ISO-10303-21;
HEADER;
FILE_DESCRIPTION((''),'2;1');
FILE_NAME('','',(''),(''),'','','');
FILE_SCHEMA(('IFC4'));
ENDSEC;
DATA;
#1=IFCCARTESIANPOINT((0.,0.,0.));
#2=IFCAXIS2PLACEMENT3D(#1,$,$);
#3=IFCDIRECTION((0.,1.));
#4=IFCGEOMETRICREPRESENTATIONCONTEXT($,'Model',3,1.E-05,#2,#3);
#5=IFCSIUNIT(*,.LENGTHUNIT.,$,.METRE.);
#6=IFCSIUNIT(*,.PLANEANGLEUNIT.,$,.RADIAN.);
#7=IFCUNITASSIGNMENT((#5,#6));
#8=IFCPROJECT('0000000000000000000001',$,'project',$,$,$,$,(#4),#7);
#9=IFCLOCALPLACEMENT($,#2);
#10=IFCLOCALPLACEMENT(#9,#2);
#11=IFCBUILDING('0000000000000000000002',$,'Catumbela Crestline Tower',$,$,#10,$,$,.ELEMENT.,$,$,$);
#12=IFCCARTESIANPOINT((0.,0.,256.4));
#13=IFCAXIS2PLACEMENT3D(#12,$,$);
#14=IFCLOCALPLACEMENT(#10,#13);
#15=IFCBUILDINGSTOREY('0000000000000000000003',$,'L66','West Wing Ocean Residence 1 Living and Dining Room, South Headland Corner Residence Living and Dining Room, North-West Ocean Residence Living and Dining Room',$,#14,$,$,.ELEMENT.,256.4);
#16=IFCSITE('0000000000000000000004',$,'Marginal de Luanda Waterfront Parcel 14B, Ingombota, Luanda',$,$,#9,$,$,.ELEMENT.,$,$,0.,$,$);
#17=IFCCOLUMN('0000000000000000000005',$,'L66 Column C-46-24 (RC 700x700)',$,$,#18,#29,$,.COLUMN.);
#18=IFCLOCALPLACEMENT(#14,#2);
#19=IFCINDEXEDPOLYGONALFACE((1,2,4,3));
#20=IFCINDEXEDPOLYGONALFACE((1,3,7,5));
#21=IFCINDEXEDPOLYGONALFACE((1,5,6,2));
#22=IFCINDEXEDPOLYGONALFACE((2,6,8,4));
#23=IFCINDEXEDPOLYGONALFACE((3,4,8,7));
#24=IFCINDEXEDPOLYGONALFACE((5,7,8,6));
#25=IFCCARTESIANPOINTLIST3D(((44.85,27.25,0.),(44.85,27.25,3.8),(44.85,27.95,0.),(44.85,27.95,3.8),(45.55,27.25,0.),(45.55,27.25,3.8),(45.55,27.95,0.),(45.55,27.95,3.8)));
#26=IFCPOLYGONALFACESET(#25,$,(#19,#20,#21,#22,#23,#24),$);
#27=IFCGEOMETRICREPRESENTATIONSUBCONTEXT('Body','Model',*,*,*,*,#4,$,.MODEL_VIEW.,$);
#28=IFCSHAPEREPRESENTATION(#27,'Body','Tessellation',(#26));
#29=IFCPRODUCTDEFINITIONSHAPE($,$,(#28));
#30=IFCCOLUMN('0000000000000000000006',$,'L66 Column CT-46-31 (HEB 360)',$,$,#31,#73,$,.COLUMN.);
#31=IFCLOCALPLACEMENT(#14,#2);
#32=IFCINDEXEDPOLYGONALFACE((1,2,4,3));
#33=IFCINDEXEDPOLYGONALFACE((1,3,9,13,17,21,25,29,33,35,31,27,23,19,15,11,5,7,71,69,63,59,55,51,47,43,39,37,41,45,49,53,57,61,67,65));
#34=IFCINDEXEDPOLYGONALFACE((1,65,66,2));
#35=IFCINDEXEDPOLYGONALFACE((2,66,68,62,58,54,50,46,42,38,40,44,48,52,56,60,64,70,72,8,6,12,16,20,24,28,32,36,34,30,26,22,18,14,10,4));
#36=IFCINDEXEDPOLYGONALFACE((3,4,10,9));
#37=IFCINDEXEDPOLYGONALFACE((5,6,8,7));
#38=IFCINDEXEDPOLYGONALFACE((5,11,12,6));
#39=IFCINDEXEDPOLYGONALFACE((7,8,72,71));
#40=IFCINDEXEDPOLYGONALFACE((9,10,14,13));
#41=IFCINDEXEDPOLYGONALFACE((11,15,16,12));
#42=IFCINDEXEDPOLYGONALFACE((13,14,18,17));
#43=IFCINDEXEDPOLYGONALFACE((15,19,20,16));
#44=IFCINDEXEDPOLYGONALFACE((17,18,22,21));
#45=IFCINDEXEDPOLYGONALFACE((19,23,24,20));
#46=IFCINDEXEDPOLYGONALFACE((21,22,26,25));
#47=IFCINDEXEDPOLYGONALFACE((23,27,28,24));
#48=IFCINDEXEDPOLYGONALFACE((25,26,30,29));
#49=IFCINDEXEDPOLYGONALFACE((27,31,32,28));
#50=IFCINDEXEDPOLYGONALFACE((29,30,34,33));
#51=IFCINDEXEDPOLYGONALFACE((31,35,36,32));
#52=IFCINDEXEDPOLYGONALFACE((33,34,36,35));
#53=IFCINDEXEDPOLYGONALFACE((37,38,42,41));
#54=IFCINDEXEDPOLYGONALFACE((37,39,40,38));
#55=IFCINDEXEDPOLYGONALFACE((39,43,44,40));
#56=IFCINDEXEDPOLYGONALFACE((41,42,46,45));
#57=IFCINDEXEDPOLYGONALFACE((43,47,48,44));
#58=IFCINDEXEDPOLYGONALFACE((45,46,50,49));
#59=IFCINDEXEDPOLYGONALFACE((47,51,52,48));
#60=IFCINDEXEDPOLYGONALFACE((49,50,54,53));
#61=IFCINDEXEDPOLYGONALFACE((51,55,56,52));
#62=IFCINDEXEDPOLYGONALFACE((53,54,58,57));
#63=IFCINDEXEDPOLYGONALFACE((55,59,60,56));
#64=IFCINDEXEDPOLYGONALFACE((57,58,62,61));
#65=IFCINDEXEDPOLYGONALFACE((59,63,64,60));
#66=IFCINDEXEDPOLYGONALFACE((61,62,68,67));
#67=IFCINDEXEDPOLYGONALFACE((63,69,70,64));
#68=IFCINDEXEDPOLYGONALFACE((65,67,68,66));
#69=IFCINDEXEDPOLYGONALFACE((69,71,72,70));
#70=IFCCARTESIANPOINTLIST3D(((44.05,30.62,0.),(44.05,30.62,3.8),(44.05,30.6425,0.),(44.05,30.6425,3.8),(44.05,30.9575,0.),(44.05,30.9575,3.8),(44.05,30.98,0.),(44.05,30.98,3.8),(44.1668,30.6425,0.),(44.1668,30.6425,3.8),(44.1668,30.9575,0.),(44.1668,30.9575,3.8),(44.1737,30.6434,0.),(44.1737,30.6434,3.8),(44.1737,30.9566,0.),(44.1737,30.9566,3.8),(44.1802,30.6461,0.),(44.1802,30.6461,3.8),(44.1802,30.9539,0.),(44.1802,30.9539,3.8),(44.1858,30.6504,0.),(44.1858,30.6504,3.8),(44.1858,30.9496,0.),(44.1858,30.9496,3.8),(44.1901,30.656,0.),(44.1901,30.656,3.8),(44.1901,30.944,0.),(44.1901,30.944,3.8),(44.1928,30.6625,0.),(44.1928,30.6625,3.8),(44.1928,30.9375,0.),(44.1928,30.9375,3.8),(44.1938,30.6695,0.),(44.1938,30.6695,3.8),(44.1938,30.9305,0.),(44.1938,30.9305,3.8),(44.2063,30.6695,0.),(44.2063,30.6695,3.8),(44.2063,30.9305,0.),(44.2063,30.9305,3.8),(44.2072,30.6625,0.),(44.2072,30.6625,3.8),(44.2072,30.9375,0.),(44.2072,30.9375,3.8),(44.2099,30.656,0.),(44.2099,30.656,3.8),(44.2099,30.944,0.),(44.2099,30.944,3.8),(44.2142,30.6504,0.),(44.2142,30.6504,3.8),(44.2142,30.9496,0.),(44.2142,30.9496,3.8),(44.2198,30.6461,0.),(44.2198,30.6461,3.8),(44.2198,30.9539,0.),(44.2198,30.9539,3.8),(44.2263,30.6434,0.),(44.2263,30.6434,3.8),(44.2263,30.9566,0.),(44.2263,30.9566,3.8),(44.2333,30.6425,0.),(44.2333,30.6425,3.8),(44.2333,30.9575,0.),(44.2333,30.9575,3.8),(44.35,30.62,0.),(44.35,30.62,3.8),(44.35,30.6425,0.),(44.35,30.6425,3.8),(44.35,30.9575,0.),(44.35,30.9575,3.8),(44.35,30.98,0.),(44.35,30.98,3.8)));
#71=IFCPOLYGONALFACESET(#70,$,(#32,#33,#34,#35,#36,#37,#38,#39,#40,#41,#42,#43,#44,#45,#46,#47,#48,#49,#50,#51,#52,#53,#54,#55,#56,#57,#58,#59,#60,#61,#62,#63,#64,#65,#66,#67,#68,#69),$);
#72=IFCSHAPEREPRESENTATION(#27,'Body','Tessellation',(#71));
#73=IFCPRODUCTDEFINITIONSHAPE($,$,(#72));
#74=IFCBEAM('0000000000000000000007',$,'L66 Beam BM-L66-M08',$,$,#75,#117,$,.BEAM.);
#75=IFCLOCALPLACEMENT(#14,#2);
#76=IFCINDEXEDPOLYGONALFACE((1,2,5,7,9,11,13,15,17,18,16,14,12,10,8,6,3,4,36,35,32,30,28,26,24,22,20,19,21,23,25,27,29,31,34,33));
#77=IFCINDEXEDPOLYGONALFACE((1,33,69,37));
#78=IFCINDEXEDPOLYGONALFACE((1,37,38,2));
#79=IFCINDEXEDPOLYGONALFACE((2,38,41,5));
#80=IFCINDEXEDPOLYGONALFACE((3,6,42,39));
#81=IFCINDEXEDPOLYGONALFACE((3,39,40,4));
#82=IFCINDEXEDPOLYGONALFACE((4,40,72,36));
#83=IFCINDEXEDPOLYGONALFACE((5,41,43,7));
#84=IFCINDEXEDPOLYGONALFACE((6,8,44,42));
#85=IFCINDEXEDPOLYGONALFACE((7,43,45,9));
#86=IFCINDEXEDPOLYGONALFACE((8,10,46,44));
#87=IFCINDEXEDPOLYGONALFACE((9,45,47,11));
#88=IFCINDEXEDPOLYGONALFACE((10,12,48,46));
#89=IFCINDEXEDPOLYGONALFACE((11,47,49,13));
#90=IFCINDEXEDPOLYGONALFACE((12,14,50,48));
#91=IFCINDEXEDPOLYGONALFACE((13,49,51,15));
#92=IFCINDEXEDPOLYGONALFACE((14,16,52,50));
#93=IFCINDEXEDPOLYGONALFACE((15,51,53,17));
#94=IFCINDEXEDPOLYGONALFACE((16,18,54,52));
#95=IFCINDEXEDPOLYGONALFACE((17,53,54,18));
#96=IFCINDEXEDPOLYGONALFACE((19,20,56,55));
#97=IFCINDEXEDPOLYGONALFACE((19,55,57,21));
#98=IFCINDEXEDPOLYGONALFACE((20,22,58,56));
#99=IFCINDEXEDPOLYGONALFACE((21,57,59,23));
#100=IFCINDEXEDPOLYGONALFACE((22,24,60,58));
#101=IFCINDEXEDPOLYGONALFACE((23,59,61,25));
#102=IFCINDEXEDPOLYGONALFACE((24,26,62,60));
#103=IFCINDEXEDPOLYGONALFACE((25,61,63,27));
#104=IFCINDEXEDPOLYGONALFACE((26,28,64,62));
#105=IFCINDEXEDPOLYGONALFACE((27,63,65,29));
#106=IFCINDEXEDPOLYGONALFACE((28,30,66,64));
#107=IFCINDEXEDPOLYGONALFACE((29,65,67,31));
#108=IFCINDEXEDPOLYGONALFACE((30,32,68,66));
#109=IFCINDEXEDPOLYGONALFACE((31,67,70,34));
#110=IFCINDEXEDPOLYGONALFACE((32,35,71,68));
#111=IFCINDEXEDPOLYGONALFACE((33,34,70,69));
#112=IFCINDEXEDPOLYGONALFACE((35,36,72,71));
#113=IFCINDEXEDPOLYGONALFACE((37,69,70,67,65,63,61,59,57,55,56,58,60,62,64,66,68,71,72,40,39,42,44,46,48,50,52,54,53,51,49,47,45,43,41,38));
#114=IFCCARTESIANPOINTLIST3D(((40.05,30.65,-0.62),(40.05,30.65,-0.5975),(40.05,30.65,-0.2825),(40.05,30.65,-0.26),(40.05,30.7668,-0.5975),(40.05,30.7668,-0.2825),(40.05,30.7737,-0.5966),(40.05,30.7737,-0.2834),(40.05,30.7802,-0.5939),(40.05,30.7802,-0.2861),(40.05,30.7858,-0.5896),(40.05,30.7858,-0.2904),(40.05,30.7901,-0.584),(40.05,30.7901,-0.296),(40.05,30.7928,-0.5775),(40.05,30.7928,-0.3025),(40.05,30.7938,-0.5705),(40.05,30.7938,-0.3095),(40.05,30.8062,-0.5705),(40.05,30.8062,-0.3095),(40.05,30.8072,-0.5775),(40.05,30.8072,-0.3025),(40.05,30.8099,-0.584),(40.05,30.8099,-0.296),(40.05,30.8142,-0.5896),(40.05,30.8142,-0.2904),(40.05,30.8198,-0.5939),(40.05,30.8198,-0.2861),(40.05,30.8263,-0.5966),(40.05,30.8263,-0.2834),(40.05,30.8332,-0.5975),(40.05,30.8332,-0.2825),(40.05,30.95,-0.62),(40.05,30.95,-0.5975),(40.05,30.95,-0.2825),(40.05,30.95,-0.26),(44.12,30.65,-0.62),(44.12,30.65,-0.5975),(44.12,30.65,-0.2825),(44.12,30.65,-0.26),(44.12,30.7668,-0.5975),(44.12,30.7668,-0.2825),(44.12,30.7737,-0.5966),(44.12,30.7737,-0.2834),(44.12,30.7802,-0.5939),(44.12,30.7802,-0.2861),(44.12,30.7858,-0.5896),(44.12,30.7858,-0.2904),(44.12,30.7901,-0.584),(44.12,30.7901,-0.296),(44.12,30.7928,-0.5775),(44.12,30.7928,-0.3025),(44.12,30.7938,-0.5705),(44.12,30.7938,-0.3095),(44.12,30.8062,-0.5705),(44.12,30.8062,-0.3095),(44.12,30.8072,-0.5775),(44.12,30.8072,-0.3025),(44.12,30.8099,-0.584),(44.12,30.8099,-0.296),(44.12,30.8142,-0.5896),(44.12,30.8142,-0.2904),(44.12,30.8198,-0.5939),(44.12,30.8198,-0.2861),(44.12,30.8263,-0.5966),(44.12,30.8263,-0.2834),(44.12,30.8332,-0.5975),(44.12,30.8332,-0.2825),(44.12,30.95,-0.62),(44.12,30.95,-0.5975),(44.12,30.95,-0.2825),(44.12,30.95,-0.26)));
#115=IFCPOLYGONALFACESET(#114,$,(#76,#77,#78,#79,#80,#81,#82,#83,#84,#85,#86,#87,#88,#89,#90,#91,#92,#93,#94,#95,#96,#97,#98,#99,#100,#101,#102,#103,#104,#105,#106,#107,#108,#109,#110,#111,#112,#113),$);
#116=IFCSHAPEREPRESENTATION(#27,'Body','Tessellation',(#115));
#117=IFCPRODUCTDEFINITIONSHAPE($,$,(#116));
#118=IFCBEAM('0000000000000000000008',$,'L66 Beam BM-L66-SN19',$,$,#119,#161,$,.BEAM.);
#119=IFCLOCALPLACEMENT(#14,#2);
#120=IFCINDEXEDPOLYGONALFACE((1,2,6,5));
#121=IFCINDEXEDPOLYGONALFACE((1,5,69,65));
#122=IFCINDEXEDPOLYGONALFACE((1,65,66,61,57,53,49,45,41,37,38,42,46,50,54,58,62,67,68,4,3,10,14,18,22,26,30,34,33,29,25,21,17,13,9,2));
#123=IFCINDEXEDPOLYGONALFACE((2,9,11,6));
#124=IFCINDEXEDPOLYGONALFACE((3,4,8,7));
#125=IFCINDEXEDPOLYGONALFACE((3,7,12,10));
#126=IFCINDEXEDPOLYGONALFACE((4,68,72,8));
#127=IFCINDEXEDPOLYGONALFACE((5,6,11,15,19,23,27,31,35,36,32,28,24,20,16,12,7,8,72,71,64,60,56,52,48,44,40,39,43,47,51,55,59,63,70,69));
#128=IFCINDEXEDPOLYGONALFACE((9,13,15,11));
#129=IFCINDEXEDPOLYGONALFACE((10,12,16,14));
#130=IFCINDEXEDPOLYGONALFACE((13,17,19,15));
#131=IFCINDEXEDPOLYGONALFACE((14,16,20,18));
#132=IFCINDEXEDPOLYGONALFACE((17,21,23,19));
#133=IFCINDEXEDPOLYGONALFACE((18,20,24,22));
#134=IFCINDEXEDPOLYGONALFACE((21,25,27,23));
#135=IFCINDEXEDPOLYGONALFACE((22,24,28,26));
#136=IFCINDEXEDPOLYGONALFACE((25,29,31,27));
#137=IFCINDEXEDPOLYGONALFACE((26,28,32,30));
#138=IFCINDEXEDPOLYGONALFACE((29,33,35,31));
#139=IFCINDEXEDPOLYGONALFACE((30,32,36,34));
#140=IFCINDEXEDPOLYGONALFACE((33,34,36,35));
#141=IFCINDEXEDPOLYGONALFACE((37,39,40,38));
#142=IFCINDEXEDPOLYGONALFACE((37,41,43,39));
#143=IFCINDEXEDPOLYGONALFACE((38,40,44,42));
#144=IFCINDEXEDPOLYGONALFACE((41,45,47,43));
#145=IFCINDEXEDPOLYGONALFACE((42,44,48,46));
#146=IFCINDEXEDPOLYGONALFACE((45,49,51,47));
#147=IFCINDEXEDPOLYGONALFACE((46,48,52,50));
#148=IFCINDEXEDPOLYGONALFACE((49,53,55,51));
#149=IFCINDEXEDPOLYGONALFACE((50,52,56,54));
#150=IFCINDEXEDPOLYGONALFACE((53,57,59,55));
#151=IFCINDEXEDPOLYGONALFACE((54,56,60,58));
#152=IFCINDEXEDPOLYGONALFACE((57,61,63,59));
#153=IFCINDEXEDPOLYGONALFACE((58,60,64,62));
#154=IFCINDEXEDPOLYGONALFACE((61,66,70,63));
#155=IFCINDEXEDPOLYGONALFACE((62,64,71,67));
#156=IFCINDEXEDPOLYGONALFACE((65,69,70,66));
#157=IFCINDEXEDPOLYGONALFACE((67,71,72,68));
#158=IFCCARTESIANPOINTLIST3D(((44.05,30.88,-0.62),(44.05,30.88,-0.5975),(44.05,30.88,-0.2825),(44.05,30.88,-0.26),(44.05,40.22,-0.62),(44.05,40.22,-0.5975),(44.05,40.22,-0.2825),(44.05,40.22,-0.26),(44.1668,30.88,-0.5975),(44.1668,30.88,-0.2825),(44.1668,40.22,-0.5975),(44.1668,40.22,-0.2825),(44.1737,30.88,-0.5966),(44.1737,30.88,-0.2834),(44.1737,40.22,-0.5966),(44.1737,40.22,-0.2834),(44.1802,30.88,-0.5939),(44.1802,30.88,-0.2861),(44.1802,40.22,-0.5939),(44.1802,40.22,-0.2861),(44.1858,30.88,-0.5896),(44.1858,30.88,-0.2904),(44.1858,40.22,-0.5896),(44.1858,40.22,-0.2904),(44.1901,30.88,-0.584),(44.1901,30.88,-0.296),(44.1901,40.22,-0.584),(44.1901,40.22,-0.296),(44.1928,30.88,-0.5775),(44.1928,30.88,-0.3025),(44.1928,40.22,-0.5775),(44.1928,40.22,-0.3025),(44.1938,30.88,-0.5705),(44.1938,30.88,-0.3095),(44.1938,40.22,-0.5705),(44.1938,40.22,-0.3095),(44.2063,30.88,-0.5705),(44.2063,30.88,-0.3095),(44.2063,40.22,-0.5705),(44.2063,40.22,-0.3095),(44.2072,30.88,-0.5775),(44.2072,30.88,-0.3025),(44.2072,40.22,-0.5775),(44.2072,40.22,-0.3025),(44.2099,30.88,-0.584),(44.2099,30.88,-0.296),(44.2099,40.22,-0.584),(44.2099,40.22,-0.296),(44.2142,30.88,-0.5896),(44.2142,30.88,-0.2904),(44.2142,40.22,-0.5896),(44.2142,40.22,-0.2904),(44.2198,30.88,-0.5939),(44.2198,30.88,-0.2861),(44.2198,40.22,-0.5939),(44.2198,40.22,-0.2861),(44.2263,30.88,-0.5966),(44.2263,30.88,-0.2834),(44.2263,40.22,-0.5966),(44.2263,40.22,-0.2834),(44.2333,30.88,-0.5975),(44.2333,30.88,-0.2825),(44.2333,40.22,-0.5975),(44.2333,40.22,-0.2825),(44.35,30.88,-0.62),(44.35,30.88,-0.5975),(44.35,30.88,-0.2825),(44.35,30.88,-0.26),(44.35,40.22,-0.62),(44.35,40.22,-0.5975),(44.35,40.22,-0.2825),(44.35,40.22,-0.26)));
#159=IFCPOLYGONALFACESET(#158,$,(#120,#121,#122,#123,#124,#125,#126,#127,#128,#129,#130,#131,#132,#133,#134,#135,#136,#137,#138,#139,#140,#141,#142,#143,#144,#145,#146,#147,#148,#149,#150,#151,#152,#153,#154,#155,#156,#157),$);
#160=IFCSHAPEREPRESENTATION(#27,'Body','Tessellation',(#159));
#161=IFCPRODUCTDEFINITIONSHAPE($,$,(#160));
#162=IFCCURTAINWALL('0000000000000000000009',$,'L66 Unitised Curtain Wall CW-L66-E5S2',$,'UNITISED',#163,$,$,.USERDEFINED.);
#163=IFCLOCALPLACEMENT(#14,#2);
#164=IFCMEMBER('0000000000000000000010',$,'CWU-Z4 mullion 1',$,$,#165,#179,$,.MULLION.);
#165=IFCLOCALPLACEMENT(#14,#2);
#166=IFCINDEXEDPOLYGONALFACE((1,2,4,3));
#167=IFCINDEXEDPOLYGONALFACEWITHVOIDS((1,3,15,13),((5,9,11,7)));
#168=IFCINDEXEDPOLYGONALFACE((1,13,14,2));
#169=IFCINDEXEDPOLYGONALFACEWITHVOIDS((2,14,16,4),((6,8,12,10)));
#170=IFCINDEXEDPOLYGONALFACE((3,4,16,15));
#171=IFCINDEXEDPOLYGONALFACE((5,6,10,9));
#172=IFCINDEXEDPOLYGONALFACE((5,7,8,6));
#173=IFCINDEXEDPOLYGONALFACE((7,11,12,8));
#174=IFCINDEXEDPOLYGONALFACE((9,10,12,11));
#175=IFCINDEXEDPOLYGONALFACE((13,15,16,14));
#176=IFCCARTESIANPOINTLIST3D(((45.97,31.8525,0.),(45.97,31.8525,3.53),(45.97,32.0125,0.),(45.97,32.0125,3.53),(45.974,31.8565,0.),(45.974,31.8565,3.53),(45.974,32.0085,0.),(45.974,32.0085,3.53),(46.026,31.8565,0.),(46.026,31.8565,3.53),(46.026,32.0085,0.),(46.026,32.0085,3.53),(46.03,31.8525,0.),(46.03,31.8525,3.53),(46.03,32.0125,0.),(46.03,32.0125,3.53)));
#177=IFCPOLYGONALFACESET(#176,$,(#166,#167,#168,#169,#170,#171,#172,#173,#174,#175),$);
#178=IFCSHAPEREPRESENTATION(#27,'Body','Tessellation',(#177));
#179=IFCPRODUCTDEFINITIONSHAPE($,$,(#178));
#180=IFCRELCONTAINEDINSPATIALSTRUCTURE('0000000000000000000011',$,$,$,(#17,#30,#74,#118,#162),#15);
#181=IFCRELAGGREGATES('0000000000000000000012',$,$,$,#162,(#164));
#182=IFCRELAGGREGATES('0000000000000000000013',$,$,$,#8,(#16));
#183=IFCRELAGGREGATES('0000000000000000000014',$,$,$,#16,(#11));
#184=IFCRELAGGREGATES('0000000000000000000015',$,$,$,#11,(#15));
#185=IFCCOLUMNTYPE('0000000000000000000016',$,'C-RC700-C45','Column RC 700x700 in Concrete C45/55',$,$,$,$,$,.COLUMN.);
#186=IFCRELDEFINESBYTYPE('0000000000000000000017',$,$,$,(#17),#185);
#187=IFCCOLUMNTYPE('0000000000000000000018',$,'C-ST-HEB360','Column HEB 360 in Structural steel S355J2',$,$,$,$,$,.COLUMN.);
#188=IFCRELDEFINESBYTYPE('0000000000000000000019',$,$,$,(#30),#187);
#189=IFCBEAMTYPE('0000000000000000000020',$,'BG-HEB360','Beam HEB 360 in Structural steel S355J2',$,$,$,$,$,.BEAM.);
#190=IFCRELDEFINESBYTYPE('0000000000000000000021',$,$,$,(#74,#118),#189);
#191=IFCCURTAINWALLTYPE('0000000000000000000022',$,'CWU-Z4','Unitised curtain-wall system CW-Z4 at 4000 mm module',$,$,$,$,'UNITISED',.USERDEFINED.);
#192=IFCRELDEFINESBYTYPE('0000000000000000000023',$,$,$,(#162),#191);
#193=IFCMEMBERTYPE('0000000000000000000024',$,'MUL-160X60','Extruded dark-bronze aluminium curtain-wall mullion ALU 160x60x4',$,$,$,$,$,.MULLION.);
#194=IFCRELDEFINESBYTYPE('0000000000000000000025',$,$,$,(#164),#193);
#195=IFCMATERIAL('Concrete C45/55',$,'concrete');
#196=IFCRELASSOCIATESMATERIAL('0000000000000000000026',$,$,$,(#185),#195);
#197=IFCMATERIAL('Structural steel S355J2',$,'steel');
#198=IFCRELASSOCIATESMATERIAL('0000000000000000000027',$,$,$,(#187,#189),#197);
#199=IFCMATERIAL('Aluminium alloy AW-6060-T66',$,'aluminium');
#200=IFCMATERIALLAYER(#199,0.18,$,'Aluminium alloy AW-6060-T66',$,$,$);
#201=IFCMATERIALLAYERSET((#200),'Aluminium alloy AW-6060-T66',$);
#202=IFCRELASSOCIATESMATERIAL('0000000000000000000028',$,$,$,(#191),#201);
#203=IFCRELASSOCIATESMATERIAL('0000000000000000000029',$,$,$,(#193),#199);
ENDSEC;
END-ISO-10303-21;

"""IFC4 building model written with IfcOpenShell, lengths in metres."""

from ifc_helpers import new_model, si_unit, direction, frame, origin, origin_2d, place, context, subcontext, project, spatial, rectangle, hollow_rectangle, i_section, extrude, material, layer, layer_set, material_profile, profile_set, type_object, element, aggregate, save


model = new_model("IFC4")

# Units and contexts
model_context = context("Model", 3, precision=1e-05, world=origin(), true_north=direction((0.0, 1.0)))
body_context = subcontext(model_context, "Body", "Model", "MODEL_VIEW")
ifc_project = project(units=[si_unit("LENGTHUNIT", "METRE"), si_unit("PLANEANGLEUNIT", "RADIAN")], contexts=[model_context])

# Site, building, storey
site_placement = place(None, origin())
site = spatial("IfcSite", under=ifc_project, at=site_placement, Name="Marginal de Luanda Waterfront Parcel 14B, Ingombota, Luanda", CompositionType="ELEMENT", RefElevation=0.0)
building_placement = place(site_placement, origin())
building = spatial("IfcBuilding", under=site, at=building_placement, Name="Catumbela Crestline Tower", CompositionType="ELEMENT")
storey_placement = place(building_placement, frame((0.0, 0.0, 256.4)))
storey = spatial("IfcBuildingStorey", under=building, at=storey_placement, Name="L66", Description="West Wing Ocean Residence 1 Living and Dining Room, South Headland Corner Residence Living and Dining Room, North-West Ocean Residence Living and Dining Room", CompositionType="ELEMENT", Elevation=256.4)

# Columns
ifc_material_1 = material(Name="Concrete C45/55", Category="concrete")
ifc_material_profile_1 = material_profile(ifc_material_1, rectangle(XDim=0.7, YDim=0.7, at=origin_2d()), Name="RC 700x700")
ifc_profile_set_1 = profile_set([ifc_material_profile_1], Name="Concrete C45/55")
column_type_1 = type_object("IfcColumnType", Name="C-RC700-C45", Description="Column RC 700x700 in Concrete C45/55", PredefinedType="COLUMN", material=ifc_profile_set_1)
column_1_placement = place(storey_placement, frame((45.2, 27.6, 0.0), z_axis=(0.0, 0.0, 1.0), x_axis=(1.0, 0.0, 0.0)))
element("IfcColumn", 1, at=column_1_placement, inside=storey, type_object=column_type_1, Name="L66 Column C-46-24 (RC 700x700)", PredefinedType="COLUMN", context=body_context, shape_type="SweptSolid", body=[
    extrude(rectangle(XDim=0.7, YDim=0.7, at=origin_2d()), origin(), (0.0, 0.0, 1.0), 3.8),
])
ifc_material_2 = material(Name="Structural steel S355J2", Category="steel")
ifc_material_profile_2 = material_profile(ifc_material_2, i_section(OverallWidth=0.3, OverallDepth=0.36, WebThickness=0.0125, FlangeThickness=0.0225, FilletRadius=0.027, at=origin_2d()), Name="HEB 360")
ifc_profile_set_2 = profile_set([ifc_material_profile_2], Name="Structural steel S355J2")
column_type_2 = type_object("IfcColumnType", Name="C-ST-HEB360", Description="Column HEB 360 in Structural steel S355J2", PredefinedType="COLUMN", material=ifc_profile_set_2)
column_2_placement = place(storey_placement, frame((44.2, 30.8, 0.0), z_axis=(0.0, 0.0, 1.0), x_axis=(1.0, 0.0, 0.0)))
element("IfcColumn", 2, at=column_2_placement, inside=storey, type_object=column_type_2, Name="L66 Column CT-46-31 (HEB 360)", PredefinedType="COLUMN", context=body_context, shape_type="SweptSolid", body=[
    extrude(i_section(OverallWidth=0.3, OverallDepth=0.36, WebThickness=0.0125, FlangeThickness=0.0225, FilletRadius=0.027, at=origin_2d()), origin(), (0.0, 0.0, 1.0), 3.8),
])

# Beams
ifc_material_profile_3 = material_profile(ifc_material_2, i_section(OverallWidth=0.3, OverallDepth=0.36, WebThickness=0.0125, FlangeThickness=0.0225, FilletRadius=0.027, at=origin_2d()), Name="HEB 360")
ifc_profile_set_3 = profile_set([ifc_material_profile_3], Name="Structural steel S355J2")
beam_type_1 = type_object("IfcBeamType", Name="BG-HEB360", Description="Beam HEB 360 in Structural steel S355J2", PredefinedType="BEAM", material=ifc_profile_set_3)
beam_1_placement = place(storey_placement, frame((40.05, 30.8, -0.44), z_axis=(1.0, 0.0, 0.0), x_axis=(0.0, 1.0, 0.0)))
element("IfcBeam", 3, at=beam_1_placement, inside=storey, type_object=beam_type_1, Name="L66 Beam BM-L66-M08", PredefinedType="BEAM", context=body_context, shape_type="SweptSolid", body=[
    extrude(i_section(OverallWidth=0.3, OverallDepth=0.36, WebThickness=0.0125, FlangeThickness=0.0225, FilletRadius=0.027, at=origin_2d()), origin(), (0.0, 0.0, 1.0), 4.07),
])
beam_2_placement = place(storey_placement, frame((44.2, 30.88, -0.44), z_axis=(0.0, 1.0, 0.0), x_axis=(-1.0, 0.0, 0.0)))
element("IfcBeam", 4, at=beam_2_placement, inside=storey, type_object=beam_type_1, Name="L66 Beam BM-L66-SN19", PredefinedType="BEAM", context=body_context, shape_type="SweptSolid", body=[
    extrude(i_section(OverallWidth=0.3, OverallDepth=0.36, WebThickness=0.0125, FlangeThickness=0.0225, FilletRadius=0.027, at=origin_2d()), origin(), (0.0, 0.0, 1.0), 9.34),
])

# Curtain wall, member
ifc_material_3 = material(Name="Aluminium alloy AW-6060-T66", Category="aluminium")
ifc_layer_1 = layer(ifc_material_3, 0.18, Name="Aluminium alloy AW-6060-T66")
ifc_layer_set_1 = layer_set([ifc_layer_1], Name="Aluminium alloy AW-6060-T66")
curtain_wall_type = type_object("IfcCurtainWallType", Name="CWU-Z4", Description="Unitised curtain-wall system CW-Z4 at 4000 mm module", ElementType="UNITISED", PredefinedType="USERDEFINED", material=ifc_layer_set_1)
curtain_wall_placement = place(storey_placement, origin())
curtain_wall = element("IfcCurtainWall", 5, at=curtain_wall_placement, inside=storey, type_object=curtain_wall_type, Name="L66 Unitised Curtain Wall CW-L66-E5S2", ObjectType="UNITISED", PredefinedType="USERDEFINED")
ifc_material_profile_4 = material_profile(ifc_material_3, hollow_rectangle(XDim=0.06, YDim=0.16, WallThickness=0.004, at=origin_2d()), Name="ALU 160x60x4")
ifc_profile_set_4 = profile_set([ifc_material_profile_4], Name="Aluminium alloy AW-6060-T66")
member_type_1 = type_object("IfcMemberType", Name="MUL-160X60", Description="Extruded dark-bronze aluminium curtain-wall mullion ALU 160x60x4", PredefinedType="MULLION", material=ifc_profile_set_4)
member_1_placement = place(storey_placement, frame((46.0, 31.9325, 0.0), z_axis=(0.0, 0.0, 1.0), x_axis=(-1.0, 0.0, 0.0)))
member_1 = element("IfcMember", 6, at=member_1_placement, type_object=member_type_1, Name="CWU-Z4 mullion 1", PredefinedType="MULLION", context=body_context, shape_type="SweptSolid", body=[
    extrude(hollow_rectangle(XDim=0.06, YDim=0.16, WallThickness=0.004, at=origin_2d()), origin(), (0.0, 0.0, 1.0), 3.53),
])

aggregate(curtain_wall, [member_1])

save(model, "model.ifc")
